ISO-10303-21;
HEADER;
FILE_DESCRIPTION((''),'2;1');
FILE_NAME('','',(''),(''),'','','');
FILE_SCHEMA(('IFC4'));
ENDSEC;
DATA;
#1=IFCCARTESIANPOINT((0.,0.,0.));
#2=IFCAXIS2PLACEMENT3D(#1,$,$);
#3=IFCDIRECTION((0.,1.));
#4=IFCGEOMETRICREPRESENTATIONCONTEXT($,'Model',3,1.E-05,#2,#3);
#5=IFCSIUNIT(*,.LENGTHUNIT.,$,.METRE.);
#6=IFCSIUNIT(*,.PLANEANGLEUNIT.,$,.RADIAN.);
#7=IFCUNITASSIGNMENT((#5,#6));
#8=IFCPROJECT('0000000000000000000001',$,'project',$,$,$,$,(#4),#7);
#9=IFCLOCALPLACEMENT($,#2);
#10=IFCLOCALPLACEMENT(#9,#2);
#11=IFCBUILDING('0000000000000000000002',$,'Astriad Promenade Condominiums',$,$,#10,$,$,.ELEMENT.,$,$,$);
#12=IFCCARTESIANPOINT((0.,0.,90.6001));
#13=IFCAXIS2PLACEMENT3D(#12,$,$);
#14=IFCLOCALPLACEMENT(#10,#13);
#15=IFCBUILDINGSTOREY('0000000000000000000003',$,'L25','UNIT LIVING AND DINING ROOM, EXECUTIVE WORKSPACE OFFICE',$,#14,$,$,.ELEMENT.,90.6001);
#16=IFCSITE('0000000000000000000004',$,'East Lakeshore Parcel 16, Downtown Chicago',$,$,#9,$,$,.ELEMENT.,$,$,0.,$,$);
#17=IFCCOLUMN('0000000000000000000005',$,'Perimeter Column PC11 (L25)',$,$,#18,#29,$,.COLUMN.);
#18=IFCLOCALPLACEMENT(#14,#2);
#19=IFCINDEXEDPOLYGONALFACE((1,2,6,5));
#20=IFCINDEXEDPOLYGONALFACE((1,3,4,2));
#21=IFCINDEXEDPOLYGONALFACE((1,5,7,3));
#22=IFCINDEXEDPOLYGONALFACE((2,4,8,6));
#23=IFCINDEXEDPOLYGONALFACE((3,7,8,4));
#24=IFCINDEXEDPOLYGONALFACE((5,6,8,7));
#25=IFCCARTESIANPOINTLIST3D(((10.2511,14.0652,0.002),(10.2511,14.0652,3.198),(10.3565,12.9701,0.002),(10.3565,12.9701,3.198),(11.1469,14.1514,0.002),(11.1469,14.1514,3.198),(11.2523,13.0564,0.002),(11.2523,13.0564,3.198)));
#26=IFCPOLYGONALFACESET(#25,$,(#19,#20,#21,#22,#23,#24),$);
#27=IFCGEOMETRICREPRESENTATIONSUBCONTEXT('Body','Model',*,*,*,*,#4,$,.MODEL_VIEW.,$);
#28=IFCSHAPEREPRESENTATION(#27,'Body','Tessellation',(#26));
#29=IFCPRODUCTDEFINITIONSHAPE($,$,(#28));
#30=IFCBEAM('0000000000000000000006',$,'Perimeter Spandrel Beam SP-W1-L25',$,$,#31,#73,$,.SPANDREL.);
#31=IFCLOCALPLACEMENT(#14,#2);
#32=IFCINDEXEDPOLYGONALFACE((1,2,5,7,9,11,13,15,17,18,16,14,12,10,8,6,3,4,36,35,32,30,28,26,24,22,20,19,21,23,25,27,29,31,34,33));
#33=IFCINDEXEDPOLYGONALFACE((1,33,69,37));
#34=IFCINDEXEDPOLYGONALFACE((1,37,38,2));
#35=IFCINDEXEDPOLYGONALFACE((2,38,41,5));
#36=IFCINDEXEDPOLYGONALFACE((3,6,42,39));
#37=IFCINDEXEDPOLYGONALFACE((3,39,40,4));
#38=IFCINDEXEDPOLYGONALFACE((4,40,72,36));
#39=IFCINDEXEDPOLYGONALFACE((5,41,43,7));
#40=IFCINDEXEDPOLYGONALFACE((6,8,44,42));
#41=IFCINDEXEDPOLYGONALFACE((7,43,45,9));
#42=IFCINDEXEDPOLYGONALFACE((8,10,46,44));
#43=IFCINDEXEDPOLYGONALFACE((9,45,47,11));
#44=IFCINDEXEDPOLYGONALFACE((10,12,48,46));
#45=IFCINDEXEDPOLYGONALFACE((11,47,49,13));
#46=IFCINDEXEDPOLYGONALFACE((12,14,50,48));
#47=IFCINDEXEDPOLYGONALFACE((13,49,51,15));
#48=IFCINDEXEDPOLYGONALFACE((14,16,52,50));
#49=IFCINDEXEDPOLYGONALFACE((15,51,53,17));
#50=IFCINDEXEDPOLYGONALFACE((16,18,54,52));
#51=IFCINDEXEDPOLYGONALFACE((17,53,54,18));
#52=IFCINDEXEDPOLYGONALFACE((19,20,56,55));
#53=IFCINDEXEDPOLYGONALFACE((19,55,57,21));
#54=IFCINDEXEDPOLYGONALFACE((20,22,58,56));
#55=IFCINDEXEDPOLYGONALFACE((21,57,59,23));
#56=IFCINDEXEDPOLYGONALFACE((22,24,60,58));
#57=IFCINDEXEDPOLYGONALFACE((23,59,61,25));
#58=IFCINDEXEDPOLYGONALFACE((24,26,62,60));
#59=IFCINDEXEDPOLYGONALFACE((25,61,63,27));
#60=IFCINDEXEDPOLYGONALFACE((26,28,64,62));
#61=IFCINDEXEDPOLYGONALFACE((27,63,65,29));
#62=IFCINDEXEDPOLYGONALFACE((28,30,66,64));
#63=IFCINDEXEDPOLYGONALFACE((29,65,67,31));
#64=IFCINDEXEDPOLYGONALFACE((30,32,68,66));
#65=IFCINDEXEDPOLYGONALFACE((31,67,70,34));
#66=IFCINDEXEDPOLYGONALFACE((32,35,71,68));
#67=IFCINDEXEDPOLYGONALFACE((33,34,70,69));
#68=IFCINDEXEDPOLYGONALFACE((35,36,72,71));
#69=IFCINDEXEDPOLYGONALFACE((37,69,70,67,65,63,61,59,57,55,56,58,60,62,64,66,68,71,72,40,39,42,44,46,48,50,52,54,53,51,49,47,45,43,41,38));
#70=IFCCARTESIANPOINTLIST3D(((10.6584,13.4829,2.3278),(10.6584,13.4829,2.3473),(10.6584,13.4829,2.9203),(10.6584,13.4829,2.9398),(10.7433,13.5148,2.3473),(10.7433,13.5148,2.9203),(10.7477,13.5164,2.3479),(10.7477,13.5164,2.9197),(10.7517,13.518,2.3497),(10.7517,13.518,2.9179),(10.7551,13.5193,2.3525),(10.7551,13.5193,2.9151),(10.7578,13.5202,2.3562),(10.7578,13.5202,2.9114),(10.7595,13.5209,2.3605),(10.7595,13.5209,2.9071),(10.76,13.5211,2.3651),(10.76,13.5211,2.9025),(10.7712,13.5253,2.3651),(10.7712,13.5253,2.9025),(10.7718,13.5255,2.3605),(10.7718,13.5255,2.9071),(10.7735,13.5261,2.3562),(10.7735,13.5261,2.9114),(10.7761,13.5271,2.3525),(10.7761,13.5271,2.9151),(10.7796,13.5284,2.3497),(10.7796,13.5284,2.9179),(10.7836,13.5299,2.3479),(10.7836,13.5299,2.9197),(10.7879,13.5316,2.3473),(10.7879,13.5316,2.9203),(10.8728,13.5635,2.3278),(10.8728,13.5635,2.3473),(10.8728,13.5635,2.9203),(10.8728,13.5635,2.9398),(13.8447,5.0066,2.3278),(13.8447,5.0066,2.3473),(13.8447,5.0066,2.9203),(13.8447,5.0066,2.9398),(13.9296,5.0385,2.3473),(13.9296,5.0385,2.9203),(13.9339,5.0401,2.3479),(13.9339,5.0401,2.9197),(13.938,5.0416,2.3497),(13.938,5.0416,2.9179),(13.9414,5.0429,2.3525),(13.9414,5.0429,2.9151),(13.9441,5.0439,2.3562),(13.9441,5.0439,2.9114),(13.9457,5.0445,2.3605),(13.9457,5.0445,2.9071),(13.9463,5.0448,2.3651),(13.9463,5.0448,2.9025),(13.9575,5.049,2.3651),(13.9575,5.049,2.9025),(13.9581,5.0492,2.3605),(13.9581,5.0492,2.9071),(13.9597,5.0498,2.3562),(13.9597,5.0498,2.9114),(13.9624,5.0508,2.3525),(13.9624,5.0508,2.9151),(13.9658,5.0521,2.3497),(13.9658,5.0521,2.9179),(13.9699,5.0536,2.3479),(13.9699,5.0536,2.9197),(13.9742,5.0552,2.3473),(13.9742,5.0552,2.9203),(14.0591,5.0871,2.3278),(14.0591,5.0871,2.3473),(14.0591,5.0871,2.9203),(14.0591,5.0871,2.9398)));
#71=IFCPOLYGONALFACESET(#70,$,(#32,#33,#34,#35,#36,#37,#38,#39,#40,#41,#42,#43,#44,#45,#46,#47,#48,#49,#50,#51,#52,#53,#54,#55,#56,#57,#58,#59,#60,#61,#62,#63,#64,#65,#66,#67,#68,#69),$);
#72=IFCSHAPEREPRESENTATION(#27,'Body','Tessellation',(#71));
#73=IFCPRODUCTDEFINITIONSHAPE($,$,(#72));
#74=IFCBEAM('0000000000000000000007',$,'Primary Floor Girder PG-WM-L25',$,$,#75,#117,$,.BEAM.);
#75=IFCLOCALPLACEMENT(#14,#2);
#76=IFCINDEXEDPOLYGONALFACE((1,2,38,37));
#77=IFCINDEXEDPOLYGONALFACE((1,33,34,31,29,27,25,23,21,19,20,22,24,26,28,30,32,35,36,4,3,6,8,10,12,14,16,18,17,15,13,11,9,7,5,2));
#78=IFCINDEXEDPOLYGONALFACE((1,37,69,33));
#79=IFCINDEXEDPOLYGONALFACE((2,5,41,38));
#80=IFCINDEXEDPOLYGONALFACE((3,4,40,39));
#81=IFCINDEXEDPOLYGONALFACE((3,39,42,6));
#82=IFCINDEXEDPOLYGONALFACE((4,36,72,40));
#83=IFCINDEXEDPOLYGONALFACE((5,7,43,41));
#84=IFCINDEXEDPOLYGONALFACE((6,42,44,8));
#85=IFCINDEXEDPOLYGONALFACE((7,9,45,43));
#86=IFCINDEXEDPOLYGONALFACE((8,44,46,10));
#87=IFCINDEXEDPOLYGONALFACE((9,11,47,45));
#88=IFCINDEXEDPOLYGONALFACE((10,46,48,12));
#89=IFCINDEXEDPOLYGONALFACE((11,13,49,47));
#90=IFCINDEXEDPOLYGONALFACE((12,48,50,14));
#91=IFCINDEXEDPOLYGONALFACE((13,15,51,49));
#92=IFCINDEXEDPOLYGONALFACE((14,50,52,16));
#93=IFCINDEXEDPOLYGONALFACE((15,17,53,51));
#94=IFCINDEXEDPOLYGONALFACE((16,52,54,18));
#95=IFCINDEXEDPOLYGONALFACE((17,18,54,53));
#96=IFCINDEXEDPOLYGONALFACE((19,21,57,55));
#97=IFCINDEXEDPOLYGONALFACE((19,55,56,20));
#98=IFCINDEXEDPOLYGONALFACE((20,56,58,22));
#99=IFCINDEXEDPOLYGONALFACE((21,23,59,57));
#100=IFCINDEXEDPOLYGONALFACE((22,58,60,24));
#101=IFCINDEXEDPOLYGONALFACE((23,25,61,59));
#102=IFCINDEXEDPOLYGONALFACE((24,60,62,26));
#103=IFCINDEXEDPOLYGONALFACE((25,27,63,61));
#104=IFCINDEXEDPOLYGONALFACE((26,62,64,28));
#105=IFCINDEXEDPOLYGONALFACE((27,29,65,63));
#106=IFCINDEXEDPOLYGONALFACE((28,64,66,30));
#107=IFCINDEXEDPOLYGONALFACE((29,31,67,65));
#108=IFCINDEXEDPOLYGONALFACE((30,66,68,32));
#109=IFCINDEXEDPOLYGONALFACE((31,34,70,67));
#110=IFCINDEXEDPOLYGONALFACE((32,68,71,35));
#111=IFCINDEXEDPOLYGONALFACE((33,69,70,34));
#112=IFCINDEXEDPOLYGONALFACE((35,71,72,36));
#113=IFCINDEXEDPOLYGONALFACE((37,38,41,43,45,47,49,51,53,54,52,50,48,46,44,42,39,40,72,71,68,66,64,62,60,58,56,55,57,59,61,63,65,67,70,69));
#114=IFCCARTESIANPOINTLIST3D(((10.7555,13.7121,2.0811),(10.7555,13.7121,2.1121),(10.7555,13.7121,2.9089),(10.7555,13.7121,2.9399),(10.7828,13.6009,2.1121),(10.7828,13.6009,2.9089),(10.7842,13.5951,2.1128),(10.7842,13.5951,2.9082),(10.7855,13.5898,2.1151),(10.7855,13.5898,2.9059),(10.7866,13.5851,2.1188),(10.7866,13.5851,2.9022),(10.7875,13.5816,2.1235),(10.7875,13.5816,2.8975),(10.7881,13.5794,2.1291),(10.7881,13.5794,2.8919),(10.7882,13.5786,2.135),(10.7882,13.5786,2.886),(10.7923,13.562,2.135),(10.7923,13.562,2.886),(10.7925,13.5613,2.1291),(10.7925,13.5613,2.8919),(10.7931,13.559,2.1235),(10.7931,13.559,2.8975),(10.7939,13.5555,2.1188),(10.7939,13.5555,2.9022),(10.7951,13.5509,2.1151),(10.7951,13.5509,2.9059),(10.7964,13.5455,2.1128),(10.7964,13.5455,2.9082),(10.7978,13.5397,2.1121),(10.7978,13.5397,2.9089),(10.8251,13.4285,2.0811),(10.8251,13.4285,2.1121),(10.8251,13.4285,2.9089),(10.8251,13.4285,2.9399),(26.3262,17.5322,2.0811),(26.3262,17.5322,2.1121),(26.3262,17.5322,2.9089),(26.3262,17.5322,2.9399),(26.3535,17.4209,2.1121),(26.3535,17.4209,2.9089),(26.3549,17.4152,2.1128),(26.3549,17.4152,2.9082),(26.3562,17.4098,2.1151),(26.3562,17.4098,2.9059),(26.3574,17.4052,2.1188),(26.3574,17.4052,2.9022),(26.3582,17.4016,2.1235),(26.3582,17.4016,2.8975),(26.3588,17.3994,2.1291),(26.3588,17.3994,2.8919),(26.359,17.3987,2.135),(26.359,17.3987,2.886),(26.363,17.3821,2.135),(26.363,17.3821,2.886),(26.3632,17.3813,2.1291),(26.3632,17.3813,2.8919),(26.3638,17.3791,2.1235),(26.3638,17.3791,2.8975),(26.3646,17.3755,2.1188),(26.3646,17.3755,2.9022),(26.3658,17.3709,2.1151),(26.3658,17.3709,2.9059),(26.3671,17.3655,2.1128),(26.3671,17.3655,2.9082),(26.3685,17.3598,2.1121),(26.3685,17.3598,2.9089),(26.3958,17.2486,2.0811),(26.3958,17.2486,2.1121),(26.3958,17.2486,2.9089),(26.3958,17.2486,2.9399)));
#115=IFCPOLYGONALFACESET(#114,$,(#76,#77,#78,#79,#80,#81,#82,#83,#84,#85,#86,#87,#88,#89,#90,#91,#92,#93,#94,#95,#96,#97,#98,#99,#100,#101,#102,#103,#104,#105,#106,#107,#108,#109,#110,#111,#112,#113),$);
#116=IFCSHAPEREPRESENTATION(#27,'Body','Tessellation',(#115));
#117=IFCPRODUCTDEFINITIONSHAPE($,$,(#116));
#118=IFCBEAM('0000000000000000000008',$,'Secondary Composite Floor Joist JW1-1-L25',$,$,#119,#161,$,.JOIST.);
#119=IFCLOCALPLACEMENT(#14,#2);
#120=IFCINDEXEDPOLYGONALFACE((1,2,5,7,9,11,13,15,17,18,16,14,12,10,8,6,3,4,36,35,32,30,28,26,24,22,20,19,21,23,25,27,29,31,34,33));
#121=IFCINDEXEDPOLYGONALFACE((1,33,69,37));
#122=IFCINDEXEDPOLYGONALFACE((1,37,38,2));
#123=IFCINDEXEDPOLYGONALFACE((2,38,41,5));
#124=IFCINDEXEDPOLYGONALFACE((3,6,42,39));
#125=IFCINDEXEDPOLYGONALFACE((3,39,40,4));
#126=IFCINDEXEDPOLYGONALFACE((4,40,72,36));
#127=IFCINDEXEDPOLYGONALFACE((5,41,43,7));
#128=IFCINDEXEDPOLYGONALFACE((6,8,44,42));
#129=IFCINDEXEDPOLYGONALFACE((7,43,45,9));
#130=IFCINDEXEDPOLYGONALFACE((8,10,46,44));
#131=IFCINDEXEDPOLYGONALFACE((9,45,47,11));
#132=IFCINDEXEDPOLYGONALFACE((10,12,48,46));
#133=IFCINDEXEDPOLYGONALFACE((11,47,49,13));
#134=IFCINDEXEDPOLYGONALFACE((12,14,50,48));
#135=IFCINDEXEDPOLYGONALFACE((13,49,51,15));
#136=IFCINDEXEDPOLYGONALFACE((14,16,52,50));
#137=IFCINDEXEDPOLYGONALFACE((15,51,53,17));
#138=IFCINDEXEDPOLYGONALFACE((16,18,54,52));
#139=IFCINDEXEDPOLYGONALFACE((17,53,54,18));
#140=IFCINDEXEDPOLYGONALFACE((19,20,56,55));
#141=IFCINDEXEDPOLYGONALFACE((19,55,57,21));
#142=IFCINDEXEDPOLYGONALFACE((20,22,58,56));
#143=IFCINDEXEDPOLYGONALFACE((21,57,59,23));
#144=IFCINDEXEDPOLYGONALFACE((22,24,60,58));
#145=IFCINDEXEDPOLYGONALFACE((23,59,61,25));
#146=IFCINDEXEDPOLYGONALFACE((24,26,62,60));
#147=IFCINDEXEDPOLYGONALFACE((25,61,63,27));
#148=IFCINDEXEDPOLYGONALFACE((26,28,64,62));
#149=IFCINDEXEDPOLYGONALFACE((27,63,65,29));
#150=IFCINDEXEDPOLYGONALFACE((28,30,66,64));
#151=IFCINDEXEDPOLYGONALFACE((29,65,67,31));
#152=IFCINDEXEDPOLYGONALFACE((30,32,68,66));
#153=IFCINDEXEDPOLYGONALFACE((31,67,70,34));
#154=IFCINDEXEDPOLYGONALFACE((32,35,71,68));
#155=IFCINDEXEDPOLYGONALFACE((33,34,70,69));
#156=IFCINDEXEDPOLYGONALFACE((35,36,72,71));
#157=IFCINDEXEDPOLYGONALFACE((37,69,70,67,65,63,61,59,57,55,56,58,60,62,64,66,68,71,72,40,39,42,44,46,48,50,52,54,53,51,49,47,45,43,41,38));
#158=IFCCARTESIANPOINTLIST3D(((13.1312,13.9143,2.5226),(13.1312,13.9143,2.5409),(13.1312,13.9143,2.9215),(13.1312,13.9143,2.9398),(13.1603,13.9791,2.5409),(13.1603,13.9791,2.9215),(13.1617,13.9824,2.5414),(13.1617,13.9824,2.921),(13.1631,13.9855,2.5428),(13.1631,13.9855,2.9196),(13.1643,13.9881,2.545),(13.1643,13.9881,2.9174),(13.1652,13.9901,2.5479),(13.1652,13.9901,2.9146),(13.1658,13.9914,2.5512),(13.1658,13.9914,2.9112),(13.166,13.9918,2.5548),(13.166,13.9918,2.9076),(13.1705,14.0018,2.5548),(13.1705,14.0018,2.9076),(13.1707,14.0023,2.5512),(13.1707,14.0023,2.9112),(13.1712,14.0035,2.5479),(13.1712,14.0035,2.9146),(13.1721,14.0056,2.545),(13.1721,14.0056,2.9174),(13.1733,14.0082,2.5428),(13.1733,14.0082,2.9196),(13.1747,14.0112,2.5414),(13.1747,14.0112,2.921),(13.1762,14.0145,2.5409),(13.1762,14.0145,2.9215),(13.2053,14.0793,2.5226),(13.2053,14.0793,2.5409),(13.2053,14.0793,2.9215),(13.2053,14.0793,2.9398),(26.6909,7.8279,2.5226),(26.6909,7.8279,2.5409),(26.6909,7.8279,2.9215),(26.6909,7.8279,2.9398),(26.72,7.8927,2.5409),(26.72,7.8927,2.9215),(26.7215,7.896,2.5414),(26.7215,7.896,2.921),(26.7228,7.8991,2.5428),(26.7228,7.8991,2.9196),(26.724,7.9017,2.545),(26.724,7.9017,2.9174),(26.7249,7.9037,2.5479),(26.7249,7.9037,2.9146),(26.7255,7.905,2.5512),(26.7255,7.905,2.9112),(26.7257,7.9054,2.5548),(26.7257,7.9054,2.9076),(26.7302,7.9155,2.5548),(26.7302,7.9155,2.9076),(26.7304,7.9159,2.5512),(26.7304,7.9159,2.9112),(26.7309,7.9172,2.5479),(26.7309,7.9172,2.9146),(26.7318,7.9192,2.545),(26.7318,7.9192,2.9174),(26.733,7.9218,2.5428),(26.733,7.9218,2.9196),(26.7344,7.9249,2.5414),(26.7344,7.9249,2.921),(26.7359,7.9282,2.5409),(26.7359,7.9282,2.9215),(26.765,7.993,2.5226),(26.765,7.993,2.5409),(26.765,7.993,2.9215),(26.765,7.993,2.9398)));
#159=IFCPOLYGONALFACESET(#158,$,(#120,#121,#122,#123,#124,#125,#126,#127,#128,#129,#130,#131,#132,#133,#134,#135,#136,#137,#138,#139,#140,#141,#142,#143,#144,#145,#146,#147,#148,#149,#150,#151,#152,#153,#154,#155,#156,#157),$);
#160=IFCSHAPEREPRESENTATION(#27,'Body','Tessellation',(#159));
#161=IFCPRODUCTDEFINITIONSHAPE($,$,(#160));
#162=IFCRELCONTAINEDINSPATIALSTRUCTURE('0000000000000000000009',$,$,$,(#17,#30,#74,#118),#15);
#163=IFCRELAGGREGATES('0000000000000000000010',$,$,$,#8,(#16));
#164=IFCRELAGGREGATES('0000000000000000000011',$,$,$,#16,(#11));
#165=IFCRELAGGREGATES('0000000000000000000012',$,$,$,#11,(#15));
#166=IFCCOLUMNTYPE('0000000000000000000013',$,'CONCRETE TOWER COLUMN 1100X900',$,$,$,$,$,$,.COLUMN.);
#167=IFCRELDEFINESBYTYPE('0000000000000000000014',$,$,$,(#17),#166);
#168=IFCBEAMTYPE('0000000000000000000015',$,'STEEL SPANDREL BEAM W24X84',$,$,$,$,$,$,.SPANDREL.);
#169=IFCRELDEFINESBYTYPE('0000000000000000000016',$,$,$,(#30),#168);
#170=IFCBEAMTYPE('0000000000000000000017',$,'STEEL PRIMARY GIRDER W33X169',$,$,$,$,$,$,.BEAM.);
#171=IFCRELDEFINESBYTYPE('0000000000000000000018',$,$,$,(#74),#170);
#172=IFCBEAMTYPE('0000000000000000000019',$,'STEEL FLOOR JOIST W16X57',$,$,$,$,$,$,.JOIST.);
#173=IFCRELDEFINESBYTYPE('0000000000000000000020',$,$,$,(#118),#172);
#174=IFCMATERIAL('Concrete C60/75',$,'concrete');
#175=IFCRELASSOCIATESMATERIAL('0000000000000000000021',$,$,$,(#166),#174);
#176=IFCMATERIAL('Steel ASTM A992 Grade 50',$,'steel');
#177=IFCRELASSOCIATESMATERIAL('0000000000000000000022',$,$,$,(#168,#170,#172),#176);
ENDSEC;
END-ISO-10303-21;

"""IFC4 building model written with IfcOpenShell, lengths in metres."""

from ifc_helpers import new_model, si_unit, direction, frame, origin, origin_2d, place, context, subcontext, project, spatial, rectangle, i_section, extrude, source, transform, mapped, material, material_profile, profile_set, type_object, type_shapes, element, save


model = new_model("IFC4")

# Units and contexts
model_context = context("Model", 3, precision=1e-05, world=origin(), true_north=direction((0.0, 1.0)))
body_context = subcontext(model_context, "Body", "Model", "MODEL_VIEW")
ifc_project = project(units=[si_unit("LENGTHUNIT", "METRE"), si_unit("PLANEANGLEUNIT", "RADIAN")], contexts=[model_context])

# Site, building, storey
site_placement = place(None, origin())
site = spatial("IfcSite", under=ifc_project, at=site_placement, Name="East Lakeshore Parcel 16, Downtown Chicago", CompositionType="ELEMENT", RefElevation=0.0)
building_placement = place(site_placement, origin())
building = spatial("IfcBuilding", under=site, at=building_placement, Name="Astriad Promenade Condominiums", CompositionType="ELEMENT")
storey_placement = place(building_placement, frame((0.0, 0.0, 90.6001)))
storey = spatial("IfcBuildingStorey", under=building, at=storey_placement, Name="L25", Description="UNIT LIVING AND DINING ROOM, EXECUTIVE WORKSPACE OFFICE", CompositionType="ELEMENT", Elevation=90.6001)

# Column
ifc_material_1 = material(Name="Concrete C60/75", Category="concrete")
ifc_material_profile_1 = material_profile(ifc_material_1, rectangle(XDim=0.8999, YDim=1.1001, at=origin_2d()), Name="RC-COL-1100X900")
ifc_profile_set_1 = profile_set([ifc_material_profile_1], Name="Concrete C60/75")
column_type = type_object("IfcColumnType", Name="CONCRETE TOWER COLUMN 1100X900", PredefinedType="COLUMN", material=ifc_profile_set_1)
shared_shape_1 = source(origin(), body_context, "Body", "SweptSolid", [
    extrude(rectangle(XDim=0.8999, YDim=1.1001, at=origin_2d()), origin(), (0.0, 0.0, 1.0), 3.196),
])
type_shapes(column_type, [shared_shape_1])
column_placement = place(storey_placement, frame((10.7517, 13.5608, 0.002), z_axis=(0.0, 0.0, 1.0), x_axis=(0.995396, 0.095846, 0.0)))
element("IfcColumn", 1, at=column_placement, inside=storey, type_object=column_type, Name="Perimeter Column PC11 (L25)", PredefinedType="COLUMN", context=body_context, shape_type="MappedRepresentation", body=[
    mapped(shared_shape_1, transform((0.0, 0.0, 0.0), scale=1.0)),
])

# Beams
ifc_material_2 = material(Name="Steel ASTM A992 Grade 50", Category="steel")
ifc_material_profile_2 = material_profile(ifc_material_2, i_section(OverallWidth=0.229, OverallDepth=0.6121, WebThickness=0.012, FlangeThickness=0.0195, FilletRadius=0.0178, at=origin_2d()), Name="W24X84")
ifc_profile_set_2 = profile_set([ifc_material_profile_2], Name="Steel ASTM A992 Grade 50")
beam_type_1 = type_object("IfcBeamType", Name="STEEL SPANDREL BEAM W24X84", PredefinedType="SPANDREL", material=ifc_profile_set_2)
shared_shape_2 = source(origin(), body_context, "Body", "SweptSolid", [
    extrude(i_section(OverallWidth=0.229, OverallDepth=0.6121, WebThickness=0.012, FlangeThickness=0.0195, FilletRadius=0.0178, at=origin_2d()), origin(), (0.0, 0.0, 1.0), 9.0554),
])
type_shapes(beam_type_1, [shared_shape_2])
beam_1_placement = place(storey_placement, frame((10.7656, 13.5232, 2.6338), z_axis=(0.351865, -0.936051, 0.0), x_axis=(0.936051, 0.351865, 0.0)))
element("IfcBeam", 2, at=beam_1_placement, inside=storey, type_object=beam_type_1, Name="Perimeter Spandrel Beam SP-W1-L25", PredefinedType="SPANDREL", context=body_context, shape_type="MappedRepresentation", body=[
    mapped(shared_shape_2, transform((0.0, 0.0, 0.0), scale=1.0)),
])
ifc_material_profile_3 = material_profile(ifc_material_2, i_section(OverallWidth=0.292, OverallDepth=0.8589, WebThickness=0.0171, FlangeThickness=0.031, FilletRadius=0.0229, at=origin_2d()), Name="W33X169")
ifc_profile_set_3 = profile_set([ifc_material_profile_3], Name="Steel ASTM A992 Grade 50")
beam_type_2 = type_object("IfcBeamType", Name="STEEL PRIMARY GIRDER W33X169", PredefinedType="BEAM", material=ifc_profile_set_3)
shared_shape_3 = source(origin(), body_context, "Body", "SweptSolid", [
    extrude(i_section(OverallWidth=0.292, OverallDepth=0.8589, WebThickness=0.0171, FlangeThickness=0.031, FilletRadius=0.0229, at=origin_2d()), origin(), (0.0, 0.0, 1.0), 16.0325),
])
type_shapes(beam_type_2, [shared_shape_3])
beam_2_placement = place(storey_placement, frame((10.7903, 13.5703, 2.5105), z_axis=(0.971199, 0.238269, 0.0), x_axis=(-0.238269, 0.971199, 0.0)))
element("IfcBeam", 3, at=beam_2_placement, inside=storey, type_object=beam_type_2, Name="Primary Floor Girder PG-WM-L25", PredefinedType="BEAM", context=body_context, shape_type="MappedRepresentation", body=[
    mapped(shared_shape_3, transform((0.0, 0.0, 0.0), scale=1.0)),
])
ifc_material_profile_4 = material_profile(ifc_material_2, i_section(OverallWidth=0.1809, OverallDepth=0.4172, WebThickness=0.011, FlangeThickness=0.0183, FilletRadius=0.0139, at=origin_2d()), Name="W16X57")
ifc_profile_set_4 = profile_set([ifc_material_profile_4], Name="Steel ASTM A992 Grade 50")
beam_type_3 = type_object("IfcBeamType", Name="STEEL FLOOR JOIST W16X57", PredefinedType="JOIST", material=ifc_profile_set_4)
shared_shape_4 = source(origin(), body_context, "Body", "SweptSolid", [
    extrude(i_section(OverallWidth=0.1809, OverallDepth=0.4172, WebThickness=0.011, FlangeThickness=0.0183, FilletRadius=0.0139, at=origin_2d()), origin(), (0.0, 0.0, 1.0), 14.863),
])
beam_3_placement = place(storey_placement, frame((13.1682, 13.9968, 2.7312), z_axis=(0.912311, -0.409498, 0.0), x_axis=(0.409498, 0.912311, 0.0)))
element("IfcBeam", 4, at=beam_3_placement, inside=storey, type_object=beam_type_3, Name="Secondary Composite Floor Joist JW1-1-L25", PredefinedType="JOIST", context=body_context, shape_type="MappedRepresentation", body=[
    mapped(shared_shape_4, transform((0.0, 0.0, 0.0), scale=1.0)),
])

save(model, "model.ifc")
